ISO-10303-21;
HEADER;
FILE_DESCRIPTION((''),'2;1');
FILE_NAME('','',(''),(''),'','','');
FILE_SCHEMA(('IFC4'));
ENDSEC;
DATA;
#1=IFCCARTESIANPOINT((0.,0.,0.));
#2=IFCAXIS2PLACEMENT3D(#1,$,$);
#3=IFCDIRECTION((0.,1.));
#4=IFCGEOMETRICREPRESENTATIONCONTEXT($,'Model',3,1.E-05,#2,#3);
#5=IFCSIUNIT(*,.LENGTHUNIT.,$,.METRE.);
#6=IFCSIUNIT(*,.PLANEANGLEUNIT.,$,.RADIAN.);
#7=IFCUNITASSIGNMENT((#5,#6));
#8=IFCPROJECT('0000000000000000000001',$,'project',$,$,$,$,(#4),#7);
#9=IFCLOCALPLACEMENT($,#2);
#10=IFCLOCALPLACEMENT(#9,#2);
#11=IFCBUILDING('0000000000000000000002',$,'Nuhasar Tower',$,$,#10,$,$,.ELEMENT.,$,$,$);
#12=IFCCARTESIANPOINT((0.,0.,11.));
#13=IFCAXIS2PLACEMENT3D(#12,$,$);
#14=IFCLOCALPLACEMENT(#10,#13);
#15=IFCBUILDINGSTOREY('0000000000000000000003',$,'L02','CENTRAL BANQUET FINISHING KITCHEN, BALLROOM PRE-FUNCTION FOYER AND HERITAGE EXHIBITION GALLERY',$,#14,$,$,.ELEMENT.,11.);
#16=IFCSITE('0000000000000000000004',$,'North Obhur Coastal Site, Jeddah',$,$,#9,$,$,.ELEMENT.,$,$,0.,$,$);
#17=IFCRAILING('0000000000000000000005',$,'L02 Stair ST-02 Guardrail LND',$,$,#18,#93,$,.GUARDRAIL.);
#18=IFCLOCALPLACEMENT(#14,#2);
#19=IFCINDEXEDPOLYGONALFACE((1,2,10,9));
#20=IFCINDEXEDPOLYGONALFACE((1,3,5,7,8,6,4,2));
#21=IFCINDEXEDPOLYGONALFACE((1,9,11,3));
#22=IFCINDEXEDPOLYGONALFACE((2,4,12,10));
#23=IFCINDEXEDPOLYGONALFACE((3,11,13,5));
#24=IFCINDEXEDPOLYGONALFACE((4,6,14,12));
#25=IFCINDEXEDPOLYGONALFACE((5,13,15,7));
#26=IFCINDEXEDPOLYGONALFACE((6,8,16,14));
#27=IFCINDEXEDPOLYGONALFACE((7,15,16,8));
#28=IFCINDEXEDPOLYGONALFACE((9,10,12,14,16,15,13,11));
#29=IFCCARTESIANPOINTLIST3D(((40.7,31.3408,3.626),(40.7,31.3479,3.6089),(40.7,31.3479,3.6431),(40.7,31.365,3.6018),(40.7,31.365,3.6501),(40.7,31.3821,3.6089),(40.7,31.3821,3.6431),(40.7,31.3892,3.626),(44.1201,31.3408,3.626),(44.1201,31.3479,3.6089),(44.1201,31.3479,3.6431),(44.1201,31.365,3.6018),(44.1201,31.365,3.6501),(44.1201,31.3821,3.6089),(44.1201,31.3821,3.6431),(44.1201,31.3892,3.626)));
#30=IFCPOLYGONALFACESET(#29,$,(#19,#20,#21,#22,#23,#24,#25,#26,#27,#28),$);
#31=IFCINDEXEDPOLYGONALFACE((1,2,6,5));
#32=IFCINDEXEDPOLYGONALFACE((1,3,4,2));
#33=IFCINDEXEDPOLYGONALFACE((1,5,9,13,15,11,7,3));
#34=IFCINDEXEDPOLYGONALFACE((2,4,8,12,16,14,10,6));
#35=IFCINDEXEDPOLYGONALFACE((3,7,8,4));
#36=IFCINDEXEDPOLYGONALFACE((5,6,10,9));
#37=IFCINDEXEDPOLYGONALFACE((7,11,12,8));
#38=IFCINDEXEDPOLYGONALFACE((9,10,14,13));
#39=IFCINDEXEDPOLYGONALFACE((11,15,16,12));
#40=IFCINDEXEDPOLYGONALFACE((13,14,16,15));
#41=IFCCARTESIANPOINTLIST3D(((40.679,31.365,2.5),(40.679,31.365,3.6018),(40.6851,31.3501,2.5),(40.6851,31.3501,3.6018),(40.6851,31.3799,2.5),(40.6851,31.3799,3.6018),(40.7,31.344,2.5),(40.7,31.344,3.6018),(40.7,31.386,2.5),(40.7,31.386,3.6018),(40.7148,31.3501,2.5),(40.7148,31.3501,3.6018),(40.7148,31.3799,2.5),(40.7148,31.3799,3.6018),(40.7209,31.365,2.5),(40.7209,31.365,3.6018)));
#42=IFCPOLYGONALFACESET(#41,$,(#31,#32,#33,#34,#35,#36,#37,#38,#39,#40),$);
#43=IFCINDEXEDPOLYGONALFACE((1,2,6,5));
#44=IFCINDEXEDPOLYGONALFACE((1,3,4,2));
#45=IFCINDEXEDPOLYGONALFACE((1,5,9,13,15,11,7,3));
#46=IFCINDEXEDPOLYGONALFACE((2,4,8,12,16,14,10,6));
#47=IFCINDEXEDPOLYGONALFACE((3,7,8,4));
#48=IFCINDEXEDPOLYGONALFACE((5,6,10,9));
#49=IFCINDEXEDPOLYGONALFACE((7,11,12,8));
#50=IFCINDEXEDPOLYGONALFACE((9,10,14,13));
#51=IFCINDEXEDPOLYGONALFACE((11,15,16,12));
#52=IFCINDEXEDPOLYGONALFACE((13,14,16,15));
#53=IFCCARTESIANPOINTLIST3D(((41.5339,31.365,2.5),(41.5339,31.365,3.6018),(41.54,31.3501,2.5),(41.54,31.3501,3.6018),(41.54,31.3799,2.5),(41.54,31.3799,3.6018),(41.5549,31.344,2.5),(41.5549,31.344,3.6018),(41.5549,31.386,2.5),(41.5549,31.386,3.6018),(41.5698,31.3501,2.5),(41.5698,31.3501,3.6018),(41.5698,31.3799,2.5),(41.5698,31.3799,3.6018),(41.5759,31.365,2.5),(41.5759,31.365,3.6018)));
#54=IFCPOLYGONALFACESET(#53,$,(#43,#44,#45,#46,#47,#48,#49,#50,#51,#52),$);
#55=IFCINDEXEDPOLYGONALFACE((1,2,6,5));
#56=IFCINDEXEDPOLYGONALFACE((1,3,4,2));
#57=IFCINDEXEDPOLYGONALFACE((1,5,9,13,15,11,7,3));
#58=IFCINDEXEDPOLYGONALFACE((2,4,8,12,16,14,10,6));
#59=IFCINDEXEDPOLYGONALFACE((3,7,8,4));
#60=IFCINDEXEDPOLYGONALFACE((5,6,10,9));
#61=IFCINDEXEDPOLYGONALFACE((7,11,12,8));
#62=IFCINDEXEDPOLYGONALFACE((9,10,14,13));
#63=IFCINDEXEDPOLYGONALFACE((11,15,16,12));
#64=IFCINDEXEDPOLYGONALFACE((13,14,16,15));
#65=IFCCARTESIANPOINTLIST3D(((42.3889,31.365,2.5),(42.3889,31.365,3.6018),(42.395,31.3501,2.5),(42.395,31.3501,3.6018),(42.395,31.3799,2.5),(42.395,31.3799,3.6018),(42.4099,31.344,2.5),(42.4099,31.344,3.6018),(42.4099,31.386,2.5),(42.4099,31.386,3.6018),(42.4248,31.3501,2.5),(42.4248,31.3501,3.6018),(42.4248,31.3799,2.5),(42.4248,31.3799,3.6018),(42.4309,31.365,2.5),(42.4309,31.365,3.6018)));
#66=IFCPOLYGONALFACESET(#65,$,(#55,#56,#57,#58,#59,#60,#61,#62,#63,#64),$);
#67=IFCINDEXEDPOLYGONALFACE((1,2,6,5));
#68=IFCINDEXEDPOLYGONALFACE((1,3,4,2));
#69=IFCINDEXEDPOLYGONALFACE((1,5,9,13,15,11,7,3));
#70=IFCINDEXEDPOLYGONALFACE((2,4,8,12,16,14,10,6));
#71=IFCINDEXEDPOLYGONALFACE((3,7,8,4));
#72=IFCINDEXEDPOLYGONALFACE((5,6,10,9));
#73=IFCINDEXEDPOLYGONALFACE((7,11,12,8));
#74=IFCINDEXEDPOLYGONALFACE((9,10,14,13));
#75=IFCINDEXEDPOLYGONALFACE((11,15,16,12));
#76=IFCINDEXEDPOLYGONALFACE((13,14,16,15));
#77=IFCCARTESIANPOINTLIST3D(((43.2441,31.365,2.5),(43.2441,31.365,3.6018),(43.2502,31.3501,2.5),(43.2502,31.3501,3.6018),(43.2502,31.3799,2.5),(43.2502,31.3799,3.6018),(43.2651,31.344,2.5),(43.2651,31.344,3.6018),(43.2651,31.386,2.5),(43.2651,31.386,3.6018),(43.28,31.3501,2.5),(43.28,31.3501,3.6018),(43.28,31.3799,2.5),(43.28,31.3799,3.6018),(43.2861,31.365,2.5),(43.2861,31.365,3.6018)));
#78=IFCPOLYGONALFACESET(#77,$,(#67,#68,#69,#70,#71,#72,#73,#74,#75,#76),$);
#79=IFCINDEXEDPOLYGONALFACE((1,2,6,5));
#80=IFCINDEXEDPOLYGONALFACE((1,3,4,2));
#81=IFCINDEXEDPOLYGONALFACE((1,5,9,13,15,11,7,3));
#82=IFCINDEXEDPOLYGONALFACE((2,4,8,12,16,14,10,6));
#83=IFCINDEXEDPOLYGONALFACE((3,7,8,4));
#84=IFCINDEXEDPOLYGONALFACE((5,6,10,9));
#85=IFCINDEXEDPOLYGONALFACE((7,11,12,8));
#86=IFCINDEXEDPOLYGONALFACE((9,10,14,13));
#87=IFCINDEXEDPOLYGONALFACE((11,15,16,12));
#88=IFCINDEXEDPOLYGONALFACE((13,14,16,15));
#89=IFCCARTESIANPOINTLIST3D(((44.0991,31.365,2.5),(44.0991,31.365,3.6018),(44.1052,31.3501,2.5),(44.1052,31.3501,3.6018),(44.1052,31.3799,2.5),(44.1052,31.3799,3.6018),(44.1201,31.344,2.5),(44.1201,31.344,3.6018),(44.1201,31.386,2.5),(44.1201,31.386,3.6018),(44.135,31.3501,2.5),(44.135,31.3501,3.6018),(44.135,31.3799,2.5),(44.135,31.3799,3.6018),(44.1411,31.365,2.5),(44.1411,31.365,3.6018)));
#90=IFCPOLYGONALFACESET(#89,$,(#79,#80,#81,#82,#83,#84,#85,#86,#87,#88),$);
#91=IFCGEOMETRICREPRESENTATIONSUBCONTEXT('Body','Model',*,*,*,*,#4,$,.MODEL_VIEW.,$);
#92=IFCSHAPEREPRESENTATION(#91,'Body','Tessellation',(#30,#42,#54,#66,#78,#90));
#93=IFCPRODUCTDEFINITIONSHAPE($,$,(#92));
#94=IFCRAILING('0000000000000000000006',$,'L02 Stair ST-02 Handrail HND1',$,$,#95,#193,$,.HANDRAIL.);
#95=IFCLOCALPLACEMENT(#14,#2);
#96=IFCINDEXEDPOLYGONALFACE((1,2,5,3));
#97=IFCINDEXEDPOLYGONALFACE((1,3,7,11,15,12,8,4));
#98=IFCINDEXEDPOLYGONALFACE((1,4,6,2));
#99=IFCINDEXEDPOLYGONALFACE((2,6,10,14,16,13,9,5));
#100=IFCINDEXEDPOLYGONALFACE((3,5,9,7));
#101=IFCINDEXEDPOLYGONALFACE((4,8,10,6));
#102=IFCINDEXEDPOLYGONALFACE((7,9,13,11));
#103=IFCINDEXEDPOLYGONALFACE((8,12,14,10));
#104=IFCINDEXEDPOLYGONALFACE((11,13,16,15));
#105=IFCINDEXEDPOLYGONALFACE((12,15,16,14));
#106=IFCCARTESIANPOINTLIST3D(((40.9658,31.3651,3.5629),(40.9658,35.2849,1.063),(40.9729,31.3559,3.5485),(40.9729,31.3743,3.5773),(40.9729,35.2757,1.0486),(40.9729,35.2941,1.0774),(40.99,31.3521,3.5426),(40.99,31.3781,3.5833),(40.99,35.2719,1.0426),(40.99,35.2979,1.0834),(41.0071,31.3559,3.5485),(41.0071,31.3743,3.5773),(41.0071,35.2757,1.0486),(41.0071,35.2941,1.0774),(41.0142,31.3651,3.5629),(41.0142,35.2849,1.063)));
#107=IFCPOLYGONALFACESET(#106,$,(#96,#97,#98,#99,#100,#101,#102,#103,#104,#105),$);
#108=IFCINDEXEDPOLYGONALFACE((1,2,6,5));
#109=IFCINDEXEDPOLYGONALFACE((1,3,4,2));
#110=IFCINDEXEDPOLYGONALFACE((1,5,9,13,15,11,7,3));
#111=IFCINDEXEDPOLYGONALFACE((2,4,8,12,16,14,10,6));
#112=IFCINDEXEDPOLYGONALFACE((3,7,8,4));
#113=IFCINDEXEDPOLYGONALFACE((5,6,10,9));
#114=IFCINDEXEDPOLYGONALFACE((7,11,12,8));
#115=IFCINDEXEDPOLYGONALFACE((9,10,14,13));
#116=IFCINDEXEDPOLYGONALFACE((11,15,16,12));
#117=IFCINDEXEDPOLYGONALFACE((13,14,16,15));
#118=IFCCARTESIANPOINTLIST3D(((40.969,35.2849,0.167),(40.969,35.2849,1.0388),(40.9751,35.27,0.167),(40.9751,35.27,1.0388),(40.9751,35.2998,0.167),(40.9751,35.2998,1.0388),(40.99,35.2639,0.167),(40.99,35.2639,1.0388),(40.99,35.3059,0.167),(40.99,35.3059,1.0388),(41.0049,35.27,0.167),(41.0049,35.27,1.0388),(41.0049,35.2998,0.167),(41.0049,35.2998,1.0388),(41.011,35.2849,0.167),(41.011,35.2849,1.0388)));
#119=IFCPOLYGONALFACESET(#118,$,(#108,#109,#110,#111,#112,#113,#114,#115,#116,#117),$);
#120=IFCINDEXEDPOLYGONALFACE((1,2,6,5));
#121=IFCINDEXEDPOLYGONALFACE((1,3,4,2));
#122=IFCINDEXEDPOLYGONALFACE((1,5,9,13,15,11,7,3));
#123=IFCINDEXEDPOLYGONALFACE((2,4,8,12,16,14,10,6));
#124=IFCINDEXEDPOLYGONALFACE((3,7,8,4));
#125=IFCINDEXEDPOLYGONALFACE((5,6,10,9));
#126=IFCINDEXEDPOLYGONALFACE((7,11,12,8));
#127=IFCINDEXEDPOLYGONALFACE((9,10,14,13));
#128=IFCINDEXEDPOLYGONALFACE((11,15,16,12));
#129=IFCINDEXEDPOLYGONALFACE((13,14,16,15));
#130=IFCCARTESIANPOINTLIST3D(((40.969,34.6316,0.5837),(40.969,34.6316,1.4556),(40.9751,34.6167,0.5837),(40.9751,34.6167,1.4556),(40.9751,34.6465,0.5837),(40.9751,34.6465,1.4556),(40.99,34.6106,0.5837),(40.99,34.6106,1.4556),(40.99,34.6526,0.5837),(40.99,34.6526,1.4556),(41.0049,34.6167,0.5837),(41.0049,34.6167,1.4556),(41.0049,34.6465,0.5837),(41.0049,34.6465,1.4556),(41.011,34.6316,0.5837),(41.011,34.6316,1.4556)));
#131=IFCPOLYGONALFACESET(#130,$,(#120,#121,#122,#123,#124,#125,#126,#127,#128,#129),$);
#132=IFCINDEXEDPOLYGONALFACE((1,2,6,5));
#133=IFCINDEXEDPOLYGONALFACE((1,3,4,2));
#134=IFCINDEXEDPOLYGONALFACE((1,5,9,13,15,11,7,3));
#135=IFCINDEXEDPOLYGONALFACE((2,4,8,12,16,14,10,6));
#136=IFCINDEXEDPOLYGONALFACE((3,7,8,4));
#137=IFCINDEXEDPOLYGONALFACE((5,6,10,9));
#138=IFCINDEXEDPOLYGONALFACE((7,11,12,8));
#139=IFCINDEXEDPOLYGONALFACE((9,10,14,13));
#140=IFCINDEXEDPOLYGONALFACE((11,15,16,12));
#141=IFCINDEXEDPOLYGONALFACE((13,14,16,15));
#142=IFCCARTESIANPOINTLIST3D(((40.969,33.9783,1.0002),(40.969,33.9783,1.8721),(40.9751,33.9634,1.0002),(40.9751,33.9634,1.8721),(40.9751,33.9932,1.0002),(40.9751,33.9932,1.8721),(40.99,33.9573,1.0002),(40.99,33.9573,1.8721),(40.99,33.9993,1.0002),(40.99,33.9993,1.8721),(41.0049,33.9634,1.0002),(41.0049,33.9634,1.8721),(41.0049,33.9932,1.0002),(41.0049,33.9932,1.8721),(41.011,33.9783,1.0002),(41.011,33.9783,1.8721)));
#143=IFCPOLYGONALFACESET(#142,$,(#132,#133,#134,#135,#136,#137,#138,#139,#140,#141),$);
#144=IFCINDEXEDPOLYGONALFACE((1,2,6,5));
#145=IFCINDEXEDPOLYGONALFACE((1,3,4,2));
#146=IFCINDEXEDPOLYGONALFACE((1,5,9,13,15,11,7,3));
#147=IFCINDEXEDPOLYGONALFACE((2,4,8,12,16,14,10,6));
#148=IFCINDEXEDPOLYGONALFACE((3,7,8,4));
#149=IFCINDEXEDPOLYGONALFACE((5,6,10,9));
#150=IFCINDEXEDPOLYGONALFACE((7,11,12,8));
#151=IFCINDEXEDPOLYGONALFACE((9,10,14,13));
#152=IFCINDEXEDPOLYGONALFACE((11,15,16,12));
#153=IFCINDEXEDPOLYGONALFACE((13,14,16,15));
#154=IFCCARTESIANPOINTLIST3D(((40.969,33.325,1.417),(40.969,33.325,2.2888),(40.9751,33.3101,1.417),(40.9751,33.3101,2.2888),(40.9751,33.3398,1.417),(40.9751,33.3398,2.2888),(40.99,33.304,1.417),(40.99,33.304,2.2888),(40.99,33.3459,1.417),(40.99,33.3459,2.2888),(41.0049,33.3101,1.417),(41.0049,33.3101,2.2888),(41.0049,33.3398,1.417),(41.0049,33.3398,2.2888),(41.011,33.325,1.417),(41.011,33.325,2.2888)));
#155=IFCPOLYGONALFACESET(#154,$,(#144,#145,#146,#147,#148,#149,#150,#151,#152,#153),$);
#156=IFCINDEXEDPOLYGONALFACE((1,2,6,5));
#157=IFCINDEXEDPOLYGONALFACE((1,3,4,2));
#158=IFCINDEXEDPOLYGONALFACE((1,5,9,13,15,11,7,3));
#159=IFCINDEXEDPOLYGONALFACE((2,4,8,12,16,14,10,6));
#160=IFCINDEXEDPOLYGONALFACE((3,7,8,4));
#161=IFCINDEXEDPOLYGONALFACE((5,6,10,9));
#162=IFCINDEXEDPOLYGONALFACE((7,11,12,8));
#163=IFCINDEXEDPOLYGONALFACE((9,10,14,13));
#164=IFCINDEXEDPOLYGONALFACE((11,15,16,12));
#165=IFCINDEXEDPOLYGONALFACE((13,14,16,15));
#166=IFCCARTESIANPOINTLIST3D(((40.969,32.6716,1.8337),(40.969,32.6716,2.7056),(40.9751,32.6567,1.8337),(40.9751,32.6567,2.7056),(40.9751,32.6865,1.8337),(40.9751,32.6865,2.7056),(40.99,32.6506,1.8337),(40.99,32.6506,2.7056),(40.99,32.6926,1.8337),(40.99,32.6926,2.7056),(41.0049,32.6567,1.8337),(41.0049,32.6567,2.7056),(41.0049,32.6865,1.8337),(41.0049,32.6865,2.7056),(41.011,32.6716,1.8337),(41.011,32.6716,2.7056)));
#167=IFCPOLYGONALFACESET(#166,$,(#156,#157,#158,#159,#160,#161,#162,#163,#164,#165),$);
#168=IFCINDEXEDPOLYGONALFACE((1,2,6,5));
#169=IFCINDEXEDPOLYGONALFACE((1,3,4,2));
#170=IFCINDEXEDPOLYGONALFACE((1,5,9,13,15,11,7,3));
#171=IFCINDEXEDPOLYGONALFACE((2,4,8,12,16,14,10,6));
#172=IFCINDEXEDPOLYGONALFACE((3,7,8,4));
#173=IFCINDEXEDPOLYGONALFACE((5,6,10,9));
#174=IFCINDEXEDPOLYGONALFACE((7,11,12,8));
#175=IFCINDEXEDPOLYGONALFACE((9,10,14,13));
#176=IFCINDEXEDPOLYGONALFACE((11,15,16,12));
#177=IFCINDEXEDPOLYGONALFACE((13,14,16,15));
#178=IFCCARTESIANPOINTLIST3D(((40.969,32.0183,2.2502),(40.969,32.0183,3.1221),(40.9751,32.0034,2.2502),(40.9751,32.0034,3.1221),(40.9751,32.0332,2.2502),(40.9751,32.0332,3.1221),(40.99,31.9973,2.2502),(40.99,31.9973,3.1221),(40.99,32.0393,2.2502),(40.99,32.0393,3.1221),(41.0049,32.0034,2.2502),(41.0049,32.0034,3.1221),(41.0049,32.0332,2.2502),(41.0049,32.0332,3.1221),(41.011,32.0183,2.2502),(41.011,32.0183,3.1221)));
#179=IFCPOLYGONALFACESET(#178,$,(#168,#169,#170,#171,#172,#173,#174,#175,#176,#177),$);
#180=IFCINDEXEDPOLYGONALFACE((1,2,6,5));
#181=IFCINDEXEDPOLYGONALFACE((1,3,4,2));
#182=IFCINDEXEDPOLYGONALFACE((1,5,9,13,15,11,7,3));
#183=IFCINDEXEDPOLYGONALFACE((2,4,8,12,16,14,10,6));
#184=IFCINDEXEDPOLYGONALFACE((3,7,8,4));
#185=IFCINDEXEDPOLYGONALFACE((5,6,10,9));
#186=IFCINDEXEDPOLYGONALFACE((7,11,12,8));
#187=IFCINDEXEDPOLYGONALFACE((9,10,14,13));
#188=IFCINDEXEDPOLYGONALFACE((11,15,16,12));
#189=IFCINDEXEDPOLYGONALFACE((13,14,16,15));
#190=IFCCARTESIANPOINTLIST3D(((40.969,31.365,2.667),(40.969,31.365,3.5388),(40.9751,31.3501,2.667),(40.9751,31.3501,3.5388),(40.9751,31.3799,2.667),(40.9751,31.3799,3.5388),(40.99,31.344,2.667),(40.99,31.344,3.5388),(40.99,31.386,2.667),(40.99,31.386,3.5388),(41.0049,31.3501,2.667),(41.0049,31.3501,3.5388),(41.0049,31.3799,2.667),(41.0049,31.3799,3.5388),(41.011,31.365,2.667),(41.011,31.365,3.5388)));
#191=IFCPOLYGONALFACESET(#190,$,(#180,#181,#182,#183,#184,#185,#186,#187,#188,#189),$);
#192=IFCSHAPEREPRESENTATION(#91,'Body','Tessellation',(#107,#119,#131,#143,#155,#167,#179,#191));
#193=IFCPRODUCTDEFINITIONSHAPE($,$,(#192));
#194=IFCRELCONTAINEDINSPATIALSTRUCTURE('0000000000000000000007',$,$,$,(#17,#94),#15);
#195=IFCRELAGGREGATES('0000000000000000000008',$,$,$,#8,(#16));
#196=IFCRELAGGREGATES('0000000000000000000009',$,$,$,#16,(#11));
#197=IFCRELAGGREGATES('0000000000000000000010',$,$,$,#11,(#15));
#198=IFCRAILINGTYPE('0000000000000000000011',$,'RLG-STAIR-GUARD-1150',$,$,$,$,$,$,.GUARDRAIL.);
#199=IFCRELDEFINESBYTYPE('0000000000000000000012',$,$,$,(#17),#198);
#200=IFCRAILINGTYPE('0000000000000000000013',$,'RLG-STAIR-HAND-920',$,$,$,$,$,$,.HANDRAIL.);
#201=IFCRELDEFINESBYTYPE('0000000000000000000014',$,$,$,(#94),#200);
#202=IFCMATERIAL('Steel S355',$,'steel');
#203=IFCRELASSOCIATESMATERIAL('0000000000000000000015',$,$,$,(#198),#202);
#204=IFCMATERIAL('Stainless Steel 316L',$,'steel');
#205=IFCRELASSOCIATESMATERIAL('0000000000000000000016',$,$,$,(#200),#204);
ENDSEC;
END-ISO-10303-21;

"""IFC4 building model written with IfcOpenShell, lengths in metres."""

from ifc_helpers import new_model, si_unit, direction, frame, origin, place, context, subcontext, project, spatial, polyline, outline, extrude, material, type_object, element, save


model = new_model("IFC4")

# Units and contexts
model_context = context("Model", 3, precision=1e-05, world=origin(), true_north=direction((0.0, 1.0)))
body_context = subcontext(model_context, "Body", "Model", "MODEL_VIEW")
ifc_project = project(units=[si_unit("LENGTHUNIT", "METRE"), si_unit("PLANEANGLEUNIT", "RADIAN")], contexts=[model_context])

# Site, building, storey
site_placement = place(None, origin())
site = spatial("IfcSite", under=ifc_project, at=site_placement, Name="North Obhur Coastal Site, Jeddah", CompositionType="ELEMENT", RefElevation=0.0)
building_placement = place(site_placement, origin())
building = spatial("IfcBuilding", under=site, at=building_placement, Name="Nuhasar Tower", CompositionType="ELEMENT")
storey_placement = place(building_placement, frame((0.0, 0.0, 11.0)))
storey = spatial("IfcBuildingStorey", under=building, at=storey_placement, Name="L02", Description="CENTRAL BANQUET FINISHING KITCHEN, BALLROOM PRE-FUNCTION FOYER AND HERITAGE EXHIBITION GALLERY", CompositionType="ELEMENT", Elevation=11.0)

# Shared definitions
ifc_material_1 = material(Name="Steel S355", Category="steel")

# Railings
railing_type_1 = type_object("IfcRailingType", Name="RLG-STAIR-GUARD-1150", PredefinedType="GUARDRAIL", material=ifc_material_1)
railing_1_placement = place(storey_placement, frame((40.7, 31.365, 2.5)))
element("IfcRailing", 1, at=railing_1_placement, inside=storey, type_object=railing_type_1, Name="L02 Stair ST-02 Guardrail LND", PredefinedType="GUARDRAIL", context=body_context, shape_type="SweptSolid", body=[
    extrude(outline(polyline([(0.0242, 0.0), (0.0171, 0.0171), (0.0, 0.0242), (-0.0171, 0.0171), (-0.0242, 0.0), (-0.0171, -0.0171), (0.0, -0.0242), (0.0171, -0.0171), (0.0242, 0.0)])), frame((0.0, 0.0, 1.126), z_axis=(1.0, 0.0, 0.0), x_axis=(0.0, 1.0, 0.0)), (0.0, 0.0, 1.0), 3.4202),
    extrude(outline(polyline([(0.021, 0.0), (0.0149, 0.0149), (0.0, 0.021), (-0.0149, 0.0149), (-0.021, 0.0), (-0.0149, -0.0149), (0.0, -0.021), (0.0149, -0.0149), (0.021, 0.0)])), origin(), (0.0, 0.0, 1.0), 1.1018),
    extrude(outline(polyline([(0.021, 0.0), (0.0149, 0.0149), (0.0, 0.021), (-0.0149, 0.0149), (-0.021, 0.0), (-0.0149, -0.0149), (0.0, -0.021), (0.0149, -0.0149), (0.021, 0.0)])), frame((0.855, 0.0, 0.0)), (0.0, 0.0, 1.0), 1.1018),
    extrude(outline(polyline([(0.021, 0.0), (0.0149, 0.0149), (0.0, 0.021), (-0.0149, 0.0149), (-0.021, 0.0), (-0.0149, -0.0149), (0.0, -0.021), (0.0149, -0.0149), (0.021, 0.0)])), frame((1.71, 0.0, 0.0)), (0.0, 0.0, 1.0), 1.1018),
    extrude(outline(polyline([(0.021, 0.0), (0.0149, 0.0149), (0.0, 0.021), (-0.0149, 0.0149), (-0.021, 0.0), (-0.0149, -0.0149), (0.0, -0.021), (0.0149, -0.0149), (0.021, 0.0)])), frame((2.5652, 0.0, 0.0)), (0.0, 0.0, 1.0), 1.1018),
    extrude(outline(polyline([(0.021, 0.0), (0.0149, 0.0149), (0.0, 0.021), (-0.0149, 0.0149), (-0.021, 0.0), (-0.0149, -0.0149), (0.0, -0.021), (0.0149, -0.0149), (0.021, 0.0)])), frame((3.4202, 0.0, 0.0)), (0.0, 0.0, 1.0), 1.1018),
])
ifc_material_2 = material(Name="Stainless Steel 316L", Category="steel")
railing_type_2 = type_object("IfcRailingType", Name="RLG-STAIR-HAND-920", PredefinedType="HANDRAIL", material=ifc_material_2)
railing_2_placement = place(storey_placement, frame((40.99, 35.2849, 0.167)))
element("IfcRailing", 2, at=railing_2_placement, inside=storey, type_object=railing_type_2, Name="L02 Stair ST-02 Handrail HND1", PredefinedType="HANDRAIL", context=body_context, shape_type="SweptSolid", body=[
    extrude(outline(polyline([(0.0242, 0.0), (0.0171, 0.0171), (0.0, 0.0242), (-0.0171, 0.0171), (-0.0242, 0.0), (-0.0171, -0.0171), (0.0, -0.0242), (0.0171, -0.0171), (0.0242, 0.0)])), frame((0.0, 0.0, 0.896), z_axis=(0.0, -0.843125, 0.537718), x_axis=(1.0, 0.0, 0.0)), (0.0, 0.0, 1.0), 4.6492),
    extrude(outline(polyline([(0.021, 0.0), (0.0149, 0.0149), (0.0, 0.021), (-0.0149, 0.0149), (-0.021, 0.0), (-0.0149, -0.0149), (0.0, -0.021), (0.0149, -0.0149), (0.021, 0.0)])), origin(), (0.0, 0.0, 1.0), 0.8718),
    extrude(outline(polyline([(0.021, 0.0), (0.0149, 0.0149), (0.0, 0.021), (-0.0149, 0.0149), (-0.021, 0.0), (-0.0149, -0.0149), (0.0, -0.021), (0.0149, -0.0149), (0.021, 0.0)])), frame((0.0, -0.6533, 0.4167)), (0.0, 0.0, 1.0), 0.8718),
    extrude(outline(polyline([(0.021, 0.0), (0.0149, 0.0149), (0.0, 0.021), (-0.0149, 0.0149), (-0.021, 0.0), (-0.0149, -0.0149), (0.0, -0.021), (0.0149, -0.0149), (0.021, 0.0)])), frame((0.0, -1.3066, 0.8333)), (0.0, 0.0, 1.0), 0.8718),
    extrude(outline(polyline([(0.021, 0.0), (0.0149, 0.0149), (0.0, 0.021), (-0.0149, 0.0149), (-0.021, 0.0), (-0.0149, -0.0149), (0.0, -0.021), (0.0149, -0.0149), (0.021, 0.0)])), frame((0.0, -1.96, 1.25)), (0.0, 0.0, 1.0), 0.8718),
    extrude(outline(polyline([(0.021, 0.0), (0.0149, 0.0149), (0.0, 0.021), (-0.0149, 0.0149), (-0.021, 0.0), (-0.0149, -0.0149), (0.0, -0.021), (0.0149, -0.0149), (0.021, 0.0)])), frame((0.0, -2.6133, 1.6667)), (0.0, 0.0, 1.0), 0.8718),
    extrude(outline(polyline([(0.021, 0.0), (0.0149, 0.0149), (0.0, 0.021), (-0.0149, 0.0149), (-0.021, 0.0), (-0.0149, -0.0149), (0.0, -0.021), (0.0149, -0.0149), (0.021, 0.0)])), frame((0.0, -3.2666, 2.0833)), (0.0, 0.0, 1.0), 0.8718),
    extrude(outline(polyline([(0.021, 0.0), (0.0149, 0.0149), (0.0, 0.021), (-0.0149, 0.0149), (-0.021, 0.0), (-0.0149, -0.0149), (0.0, -0.021), (0.0149, -0.0149), (0.021, 0.0)])), frame((0.0, -3.9199, 2.5)), (0.0, 0.0, 1.0), 0.8718),
])

save(model, "model.ifc")
